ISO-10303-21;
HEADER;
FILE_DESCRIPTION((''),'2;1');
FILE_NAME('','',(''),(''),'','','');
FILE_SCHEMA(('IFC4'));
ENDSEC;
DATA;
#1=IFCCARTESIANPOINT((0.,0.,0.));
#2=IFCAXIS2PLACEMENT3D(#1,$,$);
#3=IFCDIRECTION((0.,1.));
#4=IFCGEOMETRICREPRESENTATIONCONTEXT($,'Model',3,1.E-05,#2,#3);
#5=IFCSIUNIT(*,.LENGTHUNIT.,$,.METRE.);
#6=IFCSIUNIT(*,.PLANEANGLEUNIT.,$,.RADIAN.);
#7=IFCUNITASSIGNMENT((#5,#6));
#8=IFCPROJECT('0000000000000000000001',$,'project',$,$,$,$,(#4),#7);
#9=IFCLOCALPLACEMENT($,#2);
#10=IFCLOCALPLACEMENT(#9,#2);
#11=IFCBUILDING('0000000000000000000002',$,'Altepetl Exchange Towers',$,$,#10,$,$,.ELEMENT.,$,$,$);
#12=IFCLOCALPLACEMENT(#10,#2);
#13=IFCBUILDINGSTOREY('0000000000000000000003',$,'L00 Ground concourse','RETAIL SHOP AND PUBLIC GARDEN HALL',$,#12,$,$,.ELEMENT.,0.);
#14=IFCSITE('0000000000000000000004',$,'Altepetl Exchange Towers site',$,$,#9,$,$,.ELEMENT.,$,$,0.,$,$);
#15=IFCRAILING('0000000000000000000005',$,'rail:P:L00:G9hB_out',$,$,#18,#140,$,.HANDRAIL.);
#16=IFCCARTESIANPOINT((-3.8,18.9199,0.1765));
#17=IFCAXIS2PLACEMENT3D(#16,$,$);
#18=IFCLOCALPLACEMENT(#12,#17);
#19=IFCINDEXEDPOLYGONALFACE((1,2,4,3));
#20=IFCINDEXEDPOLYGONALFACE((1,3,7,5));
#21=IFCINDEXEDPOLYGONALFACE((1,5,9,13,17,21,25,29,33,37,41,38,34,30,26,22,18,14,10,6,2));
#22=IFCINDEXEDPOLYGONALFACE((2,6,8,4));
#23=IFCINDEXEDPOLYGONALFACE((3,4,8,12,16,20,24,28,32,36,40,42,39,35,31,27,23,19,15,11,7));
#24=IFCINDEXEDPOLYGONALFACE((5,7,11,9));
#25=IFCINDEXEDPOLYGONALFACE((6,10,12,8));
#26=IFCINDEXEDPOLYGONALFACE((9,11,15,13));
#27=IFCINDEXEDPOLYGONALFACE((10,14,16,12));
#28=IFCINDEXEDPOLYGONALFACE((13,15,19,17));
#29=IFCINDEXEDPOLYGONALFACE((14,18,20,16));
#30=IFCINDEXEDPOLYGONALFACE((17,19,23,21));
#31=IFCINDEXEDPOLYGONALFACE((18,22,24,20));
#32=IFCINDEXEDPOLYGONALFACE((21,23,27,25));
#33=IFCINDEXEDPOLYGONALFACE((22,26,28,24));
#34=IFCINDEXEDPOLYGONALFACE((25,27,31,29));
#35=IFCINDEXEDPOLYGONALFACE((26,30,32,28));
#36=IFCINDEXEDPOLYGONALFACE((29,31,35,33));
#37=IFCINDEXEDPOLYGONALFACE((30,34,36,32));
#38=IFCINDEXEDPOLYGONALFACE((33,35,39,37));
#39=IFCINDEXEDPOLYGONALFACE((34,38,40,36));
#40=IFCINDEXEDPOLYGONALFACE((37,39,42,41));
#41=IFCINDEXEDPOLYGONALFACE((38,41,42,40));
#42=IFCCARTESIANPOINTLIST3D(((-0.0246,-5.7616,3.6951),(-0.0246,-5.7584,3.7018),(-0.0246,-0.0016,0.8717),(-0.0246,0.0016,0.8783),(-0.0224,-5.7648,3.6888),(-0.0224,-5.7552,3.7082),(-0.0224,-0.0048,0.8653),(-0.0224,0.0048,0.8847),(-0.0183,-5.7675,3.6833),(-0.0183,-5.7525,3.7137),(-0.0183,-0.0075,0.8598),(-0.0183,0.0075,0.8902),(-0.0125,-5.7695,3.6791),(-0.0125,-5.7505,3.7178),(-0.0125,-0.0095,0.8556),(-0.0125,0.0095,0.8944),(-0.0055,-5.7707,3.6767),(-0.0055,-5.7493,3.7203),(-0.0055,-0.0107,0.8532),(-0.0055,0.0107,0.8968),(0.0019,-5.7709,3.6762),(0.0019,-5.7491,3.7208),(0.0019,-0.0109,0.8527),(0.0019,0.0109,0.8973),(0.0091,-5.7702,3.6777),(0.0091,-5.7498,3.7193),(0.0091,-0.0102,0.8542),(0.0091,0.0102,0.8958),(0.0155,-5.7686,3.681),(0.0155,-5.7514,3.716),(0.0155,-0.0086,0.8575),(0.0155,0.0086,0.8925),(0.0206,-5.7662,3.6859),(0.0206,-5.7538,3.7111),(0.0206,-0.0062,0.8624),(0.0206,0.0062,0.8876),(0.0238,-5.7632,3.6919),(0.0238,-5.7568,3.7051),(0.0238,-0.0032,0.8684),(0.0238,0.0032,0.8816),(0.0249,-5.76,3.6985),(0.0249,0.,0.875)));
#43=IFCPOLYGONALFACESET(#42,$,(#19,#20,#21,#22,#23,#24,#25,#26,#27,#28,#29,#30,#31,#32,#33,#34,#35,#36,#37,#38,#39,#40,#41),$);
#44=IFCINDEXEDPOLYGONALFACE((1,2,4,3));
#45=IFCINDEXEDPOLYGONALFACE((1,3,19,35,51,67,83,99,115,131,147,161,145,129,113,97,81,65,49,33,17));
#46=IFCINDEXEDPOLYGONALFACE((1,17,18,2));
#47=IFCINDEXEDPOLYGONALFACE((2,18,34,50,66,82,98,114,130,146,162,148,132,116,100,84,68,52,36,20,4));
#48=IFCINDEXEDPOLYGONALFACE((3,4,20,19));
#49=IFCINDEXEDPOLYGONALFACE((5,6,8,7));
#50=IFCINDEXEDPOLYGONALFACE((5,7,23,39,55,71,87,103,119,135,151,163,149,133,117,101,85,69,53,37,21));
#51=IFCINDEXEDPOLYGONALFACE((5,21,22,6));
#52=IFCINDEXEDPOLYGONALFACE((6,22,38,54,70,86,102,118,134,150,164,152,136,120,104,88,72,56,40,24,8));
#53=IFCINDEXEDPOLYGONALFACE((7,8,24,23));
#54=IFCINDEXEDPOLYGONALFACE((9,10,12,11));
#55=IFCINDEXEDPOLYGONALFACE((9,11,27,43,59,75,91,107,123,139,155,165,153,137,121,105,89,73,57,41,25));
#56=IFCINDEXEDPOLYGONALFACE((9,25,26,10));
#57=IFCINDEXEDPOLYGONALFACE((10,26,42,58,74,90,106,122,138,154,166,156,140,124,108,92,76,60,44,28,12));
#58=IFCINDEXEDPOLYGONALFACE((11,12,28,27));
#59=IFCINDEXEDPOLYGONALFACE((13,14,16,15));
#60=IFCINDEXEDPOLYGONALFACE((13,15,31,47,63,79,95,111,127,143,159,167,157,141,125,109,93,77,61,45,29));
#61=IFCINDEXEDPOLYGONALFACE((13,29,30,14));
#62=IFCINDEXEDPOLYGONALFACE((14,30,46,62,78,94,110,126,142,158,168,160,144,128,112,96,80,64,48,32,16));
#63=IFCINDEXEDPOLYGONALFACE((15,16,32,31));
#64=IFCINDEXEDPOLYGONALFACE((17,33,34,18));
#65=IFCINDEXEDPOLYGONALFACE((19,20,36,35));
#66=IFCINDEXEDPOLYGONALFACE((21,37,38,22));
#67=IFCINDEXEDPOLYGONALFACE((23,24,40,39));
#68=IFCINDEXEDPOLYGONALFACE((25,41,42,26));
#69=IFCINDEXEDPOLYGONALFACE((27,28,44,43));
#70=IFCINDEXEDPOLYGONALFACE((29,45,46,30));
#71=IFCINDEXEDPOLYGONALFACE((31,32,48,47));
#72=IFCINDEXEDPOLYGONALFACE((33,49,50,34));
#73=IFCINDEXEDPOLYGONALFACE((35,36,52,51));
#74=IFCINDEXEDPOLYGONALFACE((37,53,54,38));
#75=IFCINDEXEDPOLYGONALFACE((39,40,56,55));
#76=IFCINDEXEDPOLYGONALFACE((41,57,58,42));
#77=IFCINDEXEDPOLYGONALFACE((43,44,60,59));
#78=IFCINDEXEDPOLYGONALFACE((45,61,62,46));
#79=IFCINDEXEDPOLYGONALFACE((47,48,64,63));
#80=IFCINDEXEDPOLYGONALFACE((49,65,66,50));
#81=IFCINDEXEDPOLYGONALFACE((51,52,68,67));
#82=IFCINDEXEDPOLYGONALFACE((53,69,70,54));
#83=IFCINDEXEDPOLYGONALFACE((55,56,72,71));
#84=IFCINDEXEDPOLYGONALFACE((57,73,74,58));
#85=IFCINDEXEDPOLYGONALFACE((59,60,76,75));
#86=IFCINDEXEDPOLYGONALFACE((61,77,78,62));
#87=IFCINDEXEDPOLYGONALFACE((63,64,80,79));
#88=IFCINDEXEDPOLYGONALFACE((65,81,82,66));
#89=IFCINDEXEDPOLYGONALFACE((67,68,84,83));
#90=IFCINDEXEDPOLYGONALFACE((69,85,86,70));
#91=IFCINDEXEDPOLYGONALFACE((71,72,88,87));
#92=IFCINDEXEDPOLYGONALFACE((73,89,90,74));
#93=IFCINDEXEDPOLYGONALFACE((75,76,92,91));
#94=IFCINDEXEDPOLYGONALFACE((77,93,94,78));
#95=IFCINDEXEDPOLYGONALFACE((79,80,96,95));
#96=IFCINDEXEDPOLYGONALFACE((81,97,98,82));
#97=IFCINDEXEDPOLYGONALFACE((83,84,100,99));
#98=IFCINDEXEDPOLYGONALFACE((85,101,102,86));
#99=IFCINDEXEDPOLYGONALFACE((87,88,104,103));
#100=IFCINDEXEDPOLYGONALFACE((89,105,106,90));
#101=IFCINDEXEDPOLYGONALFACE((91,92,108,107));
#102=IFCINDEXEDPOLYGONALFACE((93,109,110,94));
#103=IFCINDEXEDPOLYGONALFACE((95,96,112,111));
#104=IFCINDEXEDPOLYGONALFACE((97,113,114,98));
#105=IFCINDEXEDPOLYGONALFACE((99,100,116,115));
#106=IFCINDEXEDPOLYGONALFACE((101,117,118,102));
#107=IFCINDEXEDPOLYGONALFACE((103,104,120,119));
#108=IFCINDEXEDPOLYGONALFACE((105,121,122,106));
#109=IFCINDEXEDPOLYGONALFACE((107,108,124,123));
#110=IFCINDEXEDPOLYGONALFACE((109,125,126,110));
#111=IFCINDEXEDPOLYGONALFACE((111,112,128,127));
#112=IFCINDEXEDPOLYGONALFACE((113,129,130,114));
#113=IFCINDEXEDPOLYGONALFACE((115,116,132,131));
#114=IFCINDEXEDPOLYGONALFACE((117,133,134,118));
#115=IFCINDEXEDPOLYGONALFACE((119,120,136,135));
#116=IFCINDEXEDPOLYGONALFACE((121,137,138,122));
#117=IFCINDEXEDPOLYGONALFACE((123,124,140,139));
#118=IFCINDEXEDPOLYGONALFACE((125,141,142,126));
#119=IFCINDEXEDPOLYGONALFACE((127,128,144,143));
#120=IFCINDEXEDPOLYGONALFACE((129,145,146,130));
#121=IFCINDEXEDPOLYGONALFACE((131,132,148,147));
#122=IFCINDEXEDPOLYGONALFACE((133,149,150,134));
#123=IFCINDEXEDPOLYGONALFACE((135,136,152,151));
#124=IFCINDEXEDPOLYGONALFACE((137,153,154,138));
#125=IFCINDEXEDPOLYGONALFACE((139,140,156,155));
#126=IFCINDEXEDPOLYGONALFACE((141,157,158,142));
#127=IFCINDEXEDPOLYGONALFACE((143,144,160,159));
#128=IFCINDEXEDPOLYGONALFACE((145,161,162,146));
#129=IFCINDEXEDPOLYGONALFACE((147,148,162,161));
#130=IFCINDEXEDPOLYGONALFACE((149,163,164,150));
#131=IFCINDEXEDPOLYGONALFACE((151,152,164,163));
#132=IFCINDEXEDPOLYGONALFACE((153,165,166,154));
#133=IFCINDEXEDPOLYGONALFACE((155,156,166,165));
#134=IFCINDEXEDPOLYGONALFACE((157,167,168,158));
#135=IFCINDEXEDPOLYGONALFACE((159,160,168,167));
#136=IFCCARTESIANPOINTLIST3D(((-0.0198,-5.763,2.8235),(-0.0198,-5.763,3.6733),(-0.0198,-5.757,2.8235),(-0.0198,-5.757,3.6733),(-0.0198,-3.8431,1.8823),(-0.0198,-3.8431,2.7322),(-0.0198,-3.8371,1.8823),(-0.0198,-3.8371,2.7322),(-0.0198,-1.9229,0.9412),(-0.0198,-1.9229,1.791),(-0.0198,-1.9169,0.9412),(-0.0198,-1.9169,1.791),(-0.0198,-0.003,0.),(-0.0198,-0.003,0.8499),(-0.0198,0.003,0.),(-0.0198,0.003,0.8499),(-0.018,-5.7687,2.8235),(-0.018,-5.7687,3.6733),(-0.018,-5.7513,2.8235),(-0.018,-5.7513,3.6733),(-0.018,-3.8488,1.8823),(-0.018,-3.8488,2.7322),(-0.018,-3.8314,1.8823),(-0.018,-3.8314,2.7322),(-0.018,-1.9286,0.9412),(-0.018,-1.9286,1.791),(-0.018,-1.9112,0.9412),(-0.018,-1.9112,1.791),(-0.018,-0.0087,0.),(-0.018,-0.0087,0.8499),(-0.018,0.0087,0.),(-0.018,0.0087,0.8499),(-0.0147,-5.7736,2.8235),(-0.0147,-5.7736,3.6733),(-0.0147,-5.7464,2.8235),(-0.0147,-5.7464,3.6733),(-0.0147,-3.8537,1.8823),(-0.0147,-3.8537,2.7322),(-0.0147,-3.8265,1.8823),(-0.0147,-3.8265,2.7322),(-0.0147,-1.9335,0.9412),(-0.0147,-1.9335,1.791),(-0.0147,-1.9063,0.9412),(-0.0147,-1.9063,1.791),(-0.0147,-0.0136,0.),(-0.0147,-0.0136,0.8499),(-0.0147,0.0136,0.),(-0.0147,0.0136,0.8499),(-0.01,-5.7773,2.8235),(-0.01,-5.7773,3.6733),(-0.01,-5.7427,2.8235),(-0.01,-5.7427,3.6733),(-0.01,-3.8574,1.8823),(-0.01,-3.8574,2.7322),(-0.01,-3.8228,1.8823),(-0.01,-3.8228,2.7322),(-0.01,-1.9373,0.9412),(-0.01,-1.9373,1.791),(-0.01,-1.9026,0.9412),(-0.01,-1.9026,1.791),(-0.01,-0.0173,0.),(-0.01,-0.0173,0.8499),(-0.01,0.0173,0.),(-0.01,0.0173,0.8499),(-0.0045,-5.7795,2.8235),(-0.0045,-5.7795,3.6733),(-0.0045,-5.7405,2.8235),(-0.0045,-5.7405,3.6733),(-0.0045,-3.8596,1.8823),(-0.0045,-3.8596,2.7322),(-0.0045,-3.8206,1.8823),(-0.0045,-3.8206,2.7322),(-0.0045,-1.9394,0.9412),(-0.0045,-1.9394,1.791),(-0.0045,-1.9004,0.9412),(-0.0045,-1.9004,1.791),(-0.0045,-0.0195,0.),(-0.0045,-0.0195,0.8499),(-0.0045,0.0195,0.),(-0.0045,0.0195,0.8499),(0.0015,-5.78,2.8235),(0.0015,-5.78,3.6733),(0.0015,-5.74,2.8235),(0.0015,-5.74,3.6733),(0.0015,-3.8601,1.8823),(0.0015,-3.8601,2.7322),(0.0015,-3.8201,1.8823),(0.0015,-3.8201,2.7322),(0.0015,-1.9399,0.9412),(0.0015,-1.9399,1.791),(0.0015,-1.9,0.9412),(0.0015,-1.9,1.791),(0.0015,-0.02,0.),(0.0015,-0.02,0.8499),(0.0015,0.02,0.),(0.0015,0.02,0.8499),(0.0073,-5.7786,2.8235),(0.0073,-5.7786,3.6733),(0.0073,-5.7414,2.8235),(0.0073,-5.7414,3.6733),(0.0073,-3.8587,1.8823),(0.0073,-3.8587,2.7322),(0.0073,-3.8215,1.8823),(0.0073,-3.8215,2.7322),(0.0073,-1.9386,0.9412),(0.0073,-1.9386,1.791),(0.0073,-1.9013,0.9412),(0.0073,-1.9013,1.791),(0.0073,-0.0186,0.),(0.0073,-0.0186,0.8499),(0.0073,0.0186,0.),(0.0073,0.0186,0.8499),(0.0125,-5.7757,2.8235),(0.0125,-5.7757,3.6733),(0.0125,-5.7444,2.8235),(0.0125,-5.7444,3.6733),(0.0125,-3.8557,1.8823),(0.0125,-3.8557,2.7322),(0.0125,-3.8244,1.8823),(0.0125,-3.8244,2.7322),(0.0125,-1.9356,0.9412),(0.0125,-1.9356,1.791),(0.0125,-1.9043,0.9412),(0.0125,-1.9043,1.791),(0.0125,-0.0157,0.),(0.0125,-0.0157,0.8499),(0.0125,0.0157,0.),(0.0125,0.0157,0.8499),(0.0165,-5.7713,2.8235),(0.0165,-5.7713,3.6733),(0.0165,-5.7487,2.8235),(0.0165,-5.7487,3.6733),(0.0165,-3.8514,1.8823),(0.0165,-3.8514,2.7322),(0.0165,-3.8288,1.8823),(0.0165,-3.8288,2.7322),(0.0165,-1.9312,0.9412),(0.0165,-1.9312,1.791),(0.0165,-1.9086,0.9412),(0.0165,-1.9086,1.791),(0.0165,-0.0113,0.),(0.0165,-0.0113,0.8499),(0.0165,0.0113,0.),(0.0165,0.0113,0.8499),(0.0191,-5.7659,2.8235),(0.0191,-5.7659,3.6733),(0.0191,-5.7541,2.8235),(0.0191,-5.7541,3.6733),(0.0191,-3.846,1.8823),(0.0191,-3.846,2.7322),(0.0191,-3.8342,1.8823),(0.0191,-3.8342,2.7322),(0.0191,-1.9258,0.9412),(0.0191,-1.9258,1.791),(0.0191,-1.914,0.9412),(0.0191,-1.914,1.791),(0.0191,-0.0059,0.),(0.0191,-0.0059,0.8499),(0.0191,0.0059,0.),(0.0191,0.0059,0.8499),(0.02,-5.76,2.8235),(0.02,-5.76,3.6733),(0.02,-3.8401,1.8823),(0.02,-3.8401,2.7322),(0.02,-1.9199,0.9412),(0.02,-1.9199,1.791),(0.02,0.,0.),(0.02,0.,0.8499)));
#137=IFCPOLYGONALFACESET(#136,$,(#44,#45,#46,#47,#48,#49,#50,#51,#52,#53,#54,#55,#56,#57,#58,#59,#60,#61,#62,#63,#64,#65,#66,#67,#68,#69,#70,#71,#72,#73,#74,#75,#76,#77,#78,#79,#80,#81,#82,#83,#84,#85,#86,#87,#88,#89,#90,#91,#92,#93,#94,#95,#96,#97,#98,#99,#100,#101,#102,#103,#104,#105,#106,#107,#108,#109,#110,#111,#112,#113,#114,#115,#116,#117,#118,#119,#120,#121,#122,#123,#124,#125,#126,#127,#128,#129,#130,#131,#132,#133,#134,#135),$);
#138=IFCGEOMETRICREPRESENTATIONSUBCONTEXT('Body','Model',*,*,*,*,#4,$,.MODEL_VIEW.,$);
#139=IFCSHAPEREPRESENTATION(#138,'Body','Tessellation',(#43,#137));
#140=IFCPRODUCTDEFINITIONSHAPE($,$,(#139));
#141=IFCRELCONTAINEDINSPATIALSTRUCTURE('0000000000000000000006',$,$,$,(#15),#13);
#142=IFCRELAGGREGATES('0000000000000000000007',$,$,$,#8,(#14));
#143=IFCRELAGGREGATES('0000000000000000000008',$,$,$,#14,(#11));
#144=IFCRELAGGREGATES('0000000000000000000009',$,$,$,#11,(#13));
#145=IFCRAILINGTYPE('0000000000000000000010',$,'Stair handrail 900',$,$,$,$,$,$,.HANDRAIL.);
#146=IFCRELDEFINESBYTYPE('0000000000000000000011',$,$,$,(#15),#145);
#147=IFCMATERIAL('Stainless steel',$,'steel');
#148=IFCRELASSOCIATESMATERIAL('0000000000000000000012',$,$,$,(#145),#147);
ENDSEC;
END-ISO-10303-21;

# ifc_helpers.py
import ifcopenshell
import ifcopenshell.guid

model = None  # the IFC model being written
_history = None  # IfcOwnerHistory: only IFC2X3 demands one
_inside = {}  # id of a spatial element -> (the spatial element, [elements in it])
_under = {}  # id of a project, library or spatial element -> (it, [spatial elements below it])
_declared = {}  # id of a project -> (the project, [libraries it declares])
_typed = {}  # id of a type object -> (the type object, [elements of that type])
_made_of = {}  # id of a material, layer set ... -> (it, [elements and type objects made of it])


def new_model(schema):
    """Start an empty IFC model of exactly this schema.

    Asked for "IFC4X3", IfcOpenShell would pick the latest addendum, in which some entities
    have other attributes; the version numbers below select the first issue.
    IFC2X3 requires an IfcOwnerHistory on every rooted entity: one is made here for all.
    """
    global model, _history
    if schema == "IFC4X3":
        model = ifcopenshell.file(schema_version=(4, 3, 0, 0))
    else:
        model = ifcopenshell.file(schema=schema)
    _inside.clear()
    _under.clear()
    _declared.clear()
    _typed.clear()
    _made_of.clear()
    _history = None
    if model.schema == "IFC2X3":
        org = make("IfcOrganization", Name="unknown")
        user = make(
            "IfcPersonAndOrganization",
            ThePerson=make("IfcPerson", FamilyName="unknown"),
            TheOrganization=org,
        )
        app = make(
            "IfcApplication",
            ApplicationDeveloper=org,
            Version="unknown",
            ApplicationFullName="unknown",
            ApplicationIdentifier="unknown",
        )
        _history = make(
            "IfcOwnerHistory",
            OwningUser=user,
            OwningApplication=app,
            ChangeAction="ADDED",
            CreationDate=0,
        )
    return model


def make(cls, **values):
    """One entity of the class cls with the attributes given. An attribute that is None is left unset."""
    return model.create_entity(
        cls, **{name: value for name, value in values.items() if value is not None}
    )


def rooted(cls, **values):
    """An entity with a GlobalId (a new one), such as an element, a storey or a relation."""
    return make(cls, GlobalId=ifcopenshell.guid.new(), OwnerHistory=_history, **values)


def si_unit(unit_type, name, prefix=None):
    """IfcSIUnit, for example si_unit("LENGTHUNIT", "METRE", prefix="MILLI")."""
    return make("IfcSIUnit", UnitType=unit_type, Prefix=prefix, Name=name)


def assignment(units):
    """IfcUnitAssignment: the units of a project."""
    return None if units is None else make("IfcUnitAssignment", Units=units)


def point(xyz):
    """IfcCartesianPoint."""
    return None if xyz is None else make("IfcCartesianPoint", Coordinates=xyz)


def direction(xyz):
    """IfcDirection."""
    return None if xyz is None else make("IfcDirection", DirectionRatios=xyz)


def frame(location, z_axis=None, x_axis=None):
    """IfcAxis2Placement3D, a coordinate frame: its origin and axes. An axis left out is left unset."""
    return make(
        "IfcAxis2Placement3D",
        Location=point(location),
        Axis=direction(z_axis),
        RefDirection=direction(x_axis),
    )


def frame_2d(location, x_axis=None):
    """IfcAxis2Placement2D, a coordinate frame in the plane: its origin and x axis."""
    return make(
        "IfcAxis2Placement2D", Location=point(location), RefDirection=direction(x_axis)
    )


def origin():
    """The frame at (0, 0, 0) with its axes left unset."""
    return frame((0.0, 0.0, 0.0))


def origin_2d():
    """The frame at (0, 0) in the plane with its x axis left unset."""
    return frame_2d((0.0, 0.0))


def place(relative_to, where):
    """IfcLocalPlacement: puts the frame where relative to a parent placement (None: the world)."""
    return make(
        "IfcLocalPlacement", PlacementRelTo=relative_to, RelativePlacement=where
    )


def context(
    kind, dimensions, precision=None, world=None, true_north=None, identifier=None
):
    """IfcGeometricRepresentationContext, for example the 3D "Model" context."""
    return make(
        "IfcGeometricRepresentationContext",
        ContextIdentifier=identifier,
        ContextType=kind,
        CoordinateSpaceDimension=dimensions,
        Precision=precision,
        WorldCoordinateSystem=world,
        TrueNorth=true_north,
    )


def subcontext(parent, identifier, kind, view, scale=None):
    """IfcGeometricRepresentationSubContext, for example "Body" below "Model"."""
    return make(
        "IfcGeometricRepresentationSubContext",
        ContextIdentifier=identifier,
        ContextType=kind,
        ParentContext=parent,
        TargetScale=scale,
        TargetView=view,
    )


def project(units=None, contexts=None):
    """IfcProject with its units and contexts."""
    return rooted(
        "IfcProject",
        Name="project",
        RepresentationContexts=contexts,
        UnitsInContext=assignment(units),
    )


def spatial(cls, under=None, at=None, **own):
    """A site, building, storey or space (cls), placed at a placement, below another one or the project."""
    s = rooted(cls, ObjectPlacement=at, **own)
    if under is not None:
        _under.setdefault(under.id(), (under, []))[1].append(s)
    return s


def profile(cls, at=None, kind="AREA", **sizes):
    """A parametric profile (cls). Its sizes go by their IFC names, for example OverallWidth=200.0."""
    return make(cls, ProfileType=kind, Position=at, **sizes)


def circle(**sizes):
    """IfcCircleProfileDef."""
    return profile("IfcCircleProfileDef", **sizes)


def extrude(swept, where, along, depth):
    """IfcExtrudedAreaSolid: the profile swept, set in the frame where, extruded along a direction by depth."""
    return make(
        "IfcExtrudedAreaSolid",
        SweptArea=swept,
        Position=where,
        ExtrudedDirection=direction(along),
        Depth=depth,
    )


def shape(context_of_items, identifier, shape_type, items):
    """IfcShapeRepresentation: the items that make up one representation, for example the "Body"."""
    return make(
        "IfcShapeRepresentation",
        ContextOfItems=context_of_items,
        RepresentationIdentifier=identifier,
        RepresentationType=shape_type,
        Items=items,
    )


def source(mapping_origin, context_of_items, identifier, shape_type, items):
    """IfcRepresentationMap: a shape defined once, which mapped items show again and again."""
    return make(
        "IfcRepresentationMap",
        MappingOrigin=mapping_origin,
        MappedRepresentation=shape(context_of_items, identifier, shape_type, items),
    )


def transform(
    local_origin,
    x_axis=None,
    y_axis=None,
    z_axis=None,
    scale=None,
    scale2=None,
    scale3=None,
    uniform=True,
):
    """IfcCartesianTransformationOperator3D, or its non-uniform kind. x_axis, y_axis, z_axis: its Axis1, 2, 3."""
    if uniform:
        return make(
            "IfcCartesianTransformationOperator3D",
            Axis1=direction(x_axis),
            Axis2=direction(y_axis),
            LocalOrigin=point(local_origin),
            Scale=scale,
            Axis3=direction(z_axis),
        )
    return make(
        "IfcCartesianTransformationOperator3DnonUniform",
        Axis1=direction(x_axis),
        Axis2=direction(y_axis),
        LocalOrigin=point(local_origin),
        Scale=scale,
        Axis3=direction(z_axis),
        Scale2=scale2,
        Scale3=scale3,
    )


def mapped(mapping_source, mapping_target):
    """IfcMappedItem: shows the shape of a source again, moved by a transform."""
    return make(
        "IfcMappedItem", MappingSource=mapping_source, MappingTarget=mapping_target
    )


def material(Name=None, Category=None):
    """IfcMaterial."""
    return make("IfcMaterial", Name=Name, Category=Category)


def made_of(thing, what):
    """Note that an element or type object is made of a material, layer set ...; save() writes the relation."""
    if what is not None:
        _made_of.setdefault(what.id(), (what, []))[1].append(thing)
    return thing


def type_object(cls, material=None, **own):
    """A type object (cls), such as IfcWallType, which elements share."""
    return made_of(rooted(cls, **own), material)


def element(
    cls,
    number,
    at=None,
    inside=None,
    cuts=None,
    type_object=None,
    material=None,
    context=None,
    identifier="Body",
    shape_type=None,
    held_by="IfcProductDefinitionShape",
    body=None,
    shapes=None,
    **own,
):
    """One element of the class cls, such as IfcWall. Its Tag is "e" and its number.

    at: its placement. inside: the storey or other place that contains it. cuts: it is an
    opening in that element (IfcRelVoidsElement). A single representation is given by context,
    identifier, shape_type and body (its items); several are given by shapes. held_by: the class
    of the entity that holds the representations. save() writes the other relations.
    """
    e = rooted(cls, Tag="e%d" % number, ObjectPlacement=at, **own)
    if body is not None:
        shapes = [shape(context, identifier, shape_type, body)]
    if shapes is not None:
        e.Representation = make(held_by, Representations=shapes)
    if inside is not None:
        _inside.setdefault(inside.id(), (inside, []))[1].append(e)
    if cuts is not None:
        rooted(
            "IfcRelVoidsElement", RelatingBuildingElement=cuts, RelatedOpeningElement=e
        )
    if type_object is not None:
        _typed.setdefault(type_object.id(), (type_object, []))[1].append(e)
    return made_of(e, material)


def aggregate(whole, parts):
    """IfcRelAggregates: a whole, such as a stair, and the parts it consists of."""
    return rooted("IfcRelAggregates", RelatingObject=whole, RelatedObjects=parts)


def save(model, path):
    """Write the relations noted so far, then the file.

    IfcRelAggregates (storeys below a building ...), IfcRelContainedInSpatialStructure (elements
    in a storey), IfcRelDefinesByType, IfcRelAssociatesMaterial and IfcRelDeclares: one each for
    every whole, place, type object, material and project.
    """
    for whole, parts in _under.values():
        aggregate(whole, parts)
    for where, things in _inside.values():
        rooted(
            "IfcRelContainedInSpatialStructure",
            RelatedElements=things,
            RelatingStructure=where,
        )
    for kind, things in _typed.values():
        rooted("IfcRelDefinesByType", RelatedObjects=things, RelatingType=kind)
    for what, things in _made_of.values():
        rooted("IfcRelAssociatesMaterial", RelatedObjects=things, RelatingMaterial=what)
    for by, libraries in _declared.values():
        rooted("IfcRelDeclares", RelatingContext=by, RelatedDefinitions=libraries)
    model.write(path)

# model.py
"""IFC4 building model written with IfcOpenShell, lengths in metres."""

from ifc_helpers import new_model, si_unit, direction, frame, origin, origin_2d, place, context, subcontext, project, spatial, circle, extrude, source, transform, mapped, material, type_object, element, save


model = new_model("IFC4")

# Units and contexts
model_context = context("Model", 3, precision=1e-05, world=origin(), true_north=direction((0.0, 1.0)))
body_context = subcontext(model_context, "Body", "Model", "MODEL_VIEW")
ifc_project = project(units=[si_unit("LENGTHUNIT", "METRE"), si_unit("PLANEANGLEUNIT", "RADIAN")], contexts=[model_context])

# Site, building, storey
site_placement = place(None, origin())
site = spatial("IfcSite", under=ifc_project, at=site_placement, Name="Altepetl Exchange Towers site", CompositionType="ELEMENT", RefElevation=0.0)
building_placement = place(site_placement, origin())
building = spatial("IfcBuilding", under=site, at=building_placement, Name="Altepetl Exchange Towers", CompositionType="ELEMENT")
storey_placement = place(building_placement, origin())
storey = spatial("IfcBuildingStorey", under=building, at=storey_placement, Name="L00 Ground concourse", Description="RETAIL SHOP AND PUBLIC GARDEN HALL", CompositionType="ELEMENT", Elevation=0.0)

# Railing
ifc_material_1 = material(Name="Stainless steel", Category="steel")
railing_type_1 = type_object("IfcRailingType", Name="Stair handrail 900", PredefinedType="HANDRAIL", material=ifc_material_1)
shared_shape_1 = source(origin(), body_context, "Body", "SweptSolid", [
    extrude(circle(Radius=0.02, at=origin_2d()), origin(), (0.0, 0.0, 1.0), 0.8499),
])
for number, where, name in (
    (1, (-3.8, 18.9199, 0.1765), "rail:P:L00:G9hB_out"),
):
    element("IfcRailing", number, at=place(storey_placement, frame(where)), inside=storey, type_object=railing_type_1, Name=name, PredefinedType="HANDRAIL", context=body_context, shape_type="SweptSolid", body=[
        extrude(circle(Radius=0.0249, at=origin_2d()), frame((0.0, 0.0, 0.875), z_axis=(0.0, -0.897924, 0.440151), x_axis=(1.0, 0.0, 0.0)), (0.0, 0.0, 1.0), 6.4148),
        mapped(shared_shape_1, transform((0.0, 0.0, 0.0))),
        mapped(shared_shape_1, transform((0.0, -1.9199, 0.9412))),
        mapped(shared_shape_1, transform((0.0, -3.8401, 1.8823))),
        mapped(shared_shape_1, transform((0.0, -5.76, 2.8235))),
    ])

save(model, "model.ifc")
